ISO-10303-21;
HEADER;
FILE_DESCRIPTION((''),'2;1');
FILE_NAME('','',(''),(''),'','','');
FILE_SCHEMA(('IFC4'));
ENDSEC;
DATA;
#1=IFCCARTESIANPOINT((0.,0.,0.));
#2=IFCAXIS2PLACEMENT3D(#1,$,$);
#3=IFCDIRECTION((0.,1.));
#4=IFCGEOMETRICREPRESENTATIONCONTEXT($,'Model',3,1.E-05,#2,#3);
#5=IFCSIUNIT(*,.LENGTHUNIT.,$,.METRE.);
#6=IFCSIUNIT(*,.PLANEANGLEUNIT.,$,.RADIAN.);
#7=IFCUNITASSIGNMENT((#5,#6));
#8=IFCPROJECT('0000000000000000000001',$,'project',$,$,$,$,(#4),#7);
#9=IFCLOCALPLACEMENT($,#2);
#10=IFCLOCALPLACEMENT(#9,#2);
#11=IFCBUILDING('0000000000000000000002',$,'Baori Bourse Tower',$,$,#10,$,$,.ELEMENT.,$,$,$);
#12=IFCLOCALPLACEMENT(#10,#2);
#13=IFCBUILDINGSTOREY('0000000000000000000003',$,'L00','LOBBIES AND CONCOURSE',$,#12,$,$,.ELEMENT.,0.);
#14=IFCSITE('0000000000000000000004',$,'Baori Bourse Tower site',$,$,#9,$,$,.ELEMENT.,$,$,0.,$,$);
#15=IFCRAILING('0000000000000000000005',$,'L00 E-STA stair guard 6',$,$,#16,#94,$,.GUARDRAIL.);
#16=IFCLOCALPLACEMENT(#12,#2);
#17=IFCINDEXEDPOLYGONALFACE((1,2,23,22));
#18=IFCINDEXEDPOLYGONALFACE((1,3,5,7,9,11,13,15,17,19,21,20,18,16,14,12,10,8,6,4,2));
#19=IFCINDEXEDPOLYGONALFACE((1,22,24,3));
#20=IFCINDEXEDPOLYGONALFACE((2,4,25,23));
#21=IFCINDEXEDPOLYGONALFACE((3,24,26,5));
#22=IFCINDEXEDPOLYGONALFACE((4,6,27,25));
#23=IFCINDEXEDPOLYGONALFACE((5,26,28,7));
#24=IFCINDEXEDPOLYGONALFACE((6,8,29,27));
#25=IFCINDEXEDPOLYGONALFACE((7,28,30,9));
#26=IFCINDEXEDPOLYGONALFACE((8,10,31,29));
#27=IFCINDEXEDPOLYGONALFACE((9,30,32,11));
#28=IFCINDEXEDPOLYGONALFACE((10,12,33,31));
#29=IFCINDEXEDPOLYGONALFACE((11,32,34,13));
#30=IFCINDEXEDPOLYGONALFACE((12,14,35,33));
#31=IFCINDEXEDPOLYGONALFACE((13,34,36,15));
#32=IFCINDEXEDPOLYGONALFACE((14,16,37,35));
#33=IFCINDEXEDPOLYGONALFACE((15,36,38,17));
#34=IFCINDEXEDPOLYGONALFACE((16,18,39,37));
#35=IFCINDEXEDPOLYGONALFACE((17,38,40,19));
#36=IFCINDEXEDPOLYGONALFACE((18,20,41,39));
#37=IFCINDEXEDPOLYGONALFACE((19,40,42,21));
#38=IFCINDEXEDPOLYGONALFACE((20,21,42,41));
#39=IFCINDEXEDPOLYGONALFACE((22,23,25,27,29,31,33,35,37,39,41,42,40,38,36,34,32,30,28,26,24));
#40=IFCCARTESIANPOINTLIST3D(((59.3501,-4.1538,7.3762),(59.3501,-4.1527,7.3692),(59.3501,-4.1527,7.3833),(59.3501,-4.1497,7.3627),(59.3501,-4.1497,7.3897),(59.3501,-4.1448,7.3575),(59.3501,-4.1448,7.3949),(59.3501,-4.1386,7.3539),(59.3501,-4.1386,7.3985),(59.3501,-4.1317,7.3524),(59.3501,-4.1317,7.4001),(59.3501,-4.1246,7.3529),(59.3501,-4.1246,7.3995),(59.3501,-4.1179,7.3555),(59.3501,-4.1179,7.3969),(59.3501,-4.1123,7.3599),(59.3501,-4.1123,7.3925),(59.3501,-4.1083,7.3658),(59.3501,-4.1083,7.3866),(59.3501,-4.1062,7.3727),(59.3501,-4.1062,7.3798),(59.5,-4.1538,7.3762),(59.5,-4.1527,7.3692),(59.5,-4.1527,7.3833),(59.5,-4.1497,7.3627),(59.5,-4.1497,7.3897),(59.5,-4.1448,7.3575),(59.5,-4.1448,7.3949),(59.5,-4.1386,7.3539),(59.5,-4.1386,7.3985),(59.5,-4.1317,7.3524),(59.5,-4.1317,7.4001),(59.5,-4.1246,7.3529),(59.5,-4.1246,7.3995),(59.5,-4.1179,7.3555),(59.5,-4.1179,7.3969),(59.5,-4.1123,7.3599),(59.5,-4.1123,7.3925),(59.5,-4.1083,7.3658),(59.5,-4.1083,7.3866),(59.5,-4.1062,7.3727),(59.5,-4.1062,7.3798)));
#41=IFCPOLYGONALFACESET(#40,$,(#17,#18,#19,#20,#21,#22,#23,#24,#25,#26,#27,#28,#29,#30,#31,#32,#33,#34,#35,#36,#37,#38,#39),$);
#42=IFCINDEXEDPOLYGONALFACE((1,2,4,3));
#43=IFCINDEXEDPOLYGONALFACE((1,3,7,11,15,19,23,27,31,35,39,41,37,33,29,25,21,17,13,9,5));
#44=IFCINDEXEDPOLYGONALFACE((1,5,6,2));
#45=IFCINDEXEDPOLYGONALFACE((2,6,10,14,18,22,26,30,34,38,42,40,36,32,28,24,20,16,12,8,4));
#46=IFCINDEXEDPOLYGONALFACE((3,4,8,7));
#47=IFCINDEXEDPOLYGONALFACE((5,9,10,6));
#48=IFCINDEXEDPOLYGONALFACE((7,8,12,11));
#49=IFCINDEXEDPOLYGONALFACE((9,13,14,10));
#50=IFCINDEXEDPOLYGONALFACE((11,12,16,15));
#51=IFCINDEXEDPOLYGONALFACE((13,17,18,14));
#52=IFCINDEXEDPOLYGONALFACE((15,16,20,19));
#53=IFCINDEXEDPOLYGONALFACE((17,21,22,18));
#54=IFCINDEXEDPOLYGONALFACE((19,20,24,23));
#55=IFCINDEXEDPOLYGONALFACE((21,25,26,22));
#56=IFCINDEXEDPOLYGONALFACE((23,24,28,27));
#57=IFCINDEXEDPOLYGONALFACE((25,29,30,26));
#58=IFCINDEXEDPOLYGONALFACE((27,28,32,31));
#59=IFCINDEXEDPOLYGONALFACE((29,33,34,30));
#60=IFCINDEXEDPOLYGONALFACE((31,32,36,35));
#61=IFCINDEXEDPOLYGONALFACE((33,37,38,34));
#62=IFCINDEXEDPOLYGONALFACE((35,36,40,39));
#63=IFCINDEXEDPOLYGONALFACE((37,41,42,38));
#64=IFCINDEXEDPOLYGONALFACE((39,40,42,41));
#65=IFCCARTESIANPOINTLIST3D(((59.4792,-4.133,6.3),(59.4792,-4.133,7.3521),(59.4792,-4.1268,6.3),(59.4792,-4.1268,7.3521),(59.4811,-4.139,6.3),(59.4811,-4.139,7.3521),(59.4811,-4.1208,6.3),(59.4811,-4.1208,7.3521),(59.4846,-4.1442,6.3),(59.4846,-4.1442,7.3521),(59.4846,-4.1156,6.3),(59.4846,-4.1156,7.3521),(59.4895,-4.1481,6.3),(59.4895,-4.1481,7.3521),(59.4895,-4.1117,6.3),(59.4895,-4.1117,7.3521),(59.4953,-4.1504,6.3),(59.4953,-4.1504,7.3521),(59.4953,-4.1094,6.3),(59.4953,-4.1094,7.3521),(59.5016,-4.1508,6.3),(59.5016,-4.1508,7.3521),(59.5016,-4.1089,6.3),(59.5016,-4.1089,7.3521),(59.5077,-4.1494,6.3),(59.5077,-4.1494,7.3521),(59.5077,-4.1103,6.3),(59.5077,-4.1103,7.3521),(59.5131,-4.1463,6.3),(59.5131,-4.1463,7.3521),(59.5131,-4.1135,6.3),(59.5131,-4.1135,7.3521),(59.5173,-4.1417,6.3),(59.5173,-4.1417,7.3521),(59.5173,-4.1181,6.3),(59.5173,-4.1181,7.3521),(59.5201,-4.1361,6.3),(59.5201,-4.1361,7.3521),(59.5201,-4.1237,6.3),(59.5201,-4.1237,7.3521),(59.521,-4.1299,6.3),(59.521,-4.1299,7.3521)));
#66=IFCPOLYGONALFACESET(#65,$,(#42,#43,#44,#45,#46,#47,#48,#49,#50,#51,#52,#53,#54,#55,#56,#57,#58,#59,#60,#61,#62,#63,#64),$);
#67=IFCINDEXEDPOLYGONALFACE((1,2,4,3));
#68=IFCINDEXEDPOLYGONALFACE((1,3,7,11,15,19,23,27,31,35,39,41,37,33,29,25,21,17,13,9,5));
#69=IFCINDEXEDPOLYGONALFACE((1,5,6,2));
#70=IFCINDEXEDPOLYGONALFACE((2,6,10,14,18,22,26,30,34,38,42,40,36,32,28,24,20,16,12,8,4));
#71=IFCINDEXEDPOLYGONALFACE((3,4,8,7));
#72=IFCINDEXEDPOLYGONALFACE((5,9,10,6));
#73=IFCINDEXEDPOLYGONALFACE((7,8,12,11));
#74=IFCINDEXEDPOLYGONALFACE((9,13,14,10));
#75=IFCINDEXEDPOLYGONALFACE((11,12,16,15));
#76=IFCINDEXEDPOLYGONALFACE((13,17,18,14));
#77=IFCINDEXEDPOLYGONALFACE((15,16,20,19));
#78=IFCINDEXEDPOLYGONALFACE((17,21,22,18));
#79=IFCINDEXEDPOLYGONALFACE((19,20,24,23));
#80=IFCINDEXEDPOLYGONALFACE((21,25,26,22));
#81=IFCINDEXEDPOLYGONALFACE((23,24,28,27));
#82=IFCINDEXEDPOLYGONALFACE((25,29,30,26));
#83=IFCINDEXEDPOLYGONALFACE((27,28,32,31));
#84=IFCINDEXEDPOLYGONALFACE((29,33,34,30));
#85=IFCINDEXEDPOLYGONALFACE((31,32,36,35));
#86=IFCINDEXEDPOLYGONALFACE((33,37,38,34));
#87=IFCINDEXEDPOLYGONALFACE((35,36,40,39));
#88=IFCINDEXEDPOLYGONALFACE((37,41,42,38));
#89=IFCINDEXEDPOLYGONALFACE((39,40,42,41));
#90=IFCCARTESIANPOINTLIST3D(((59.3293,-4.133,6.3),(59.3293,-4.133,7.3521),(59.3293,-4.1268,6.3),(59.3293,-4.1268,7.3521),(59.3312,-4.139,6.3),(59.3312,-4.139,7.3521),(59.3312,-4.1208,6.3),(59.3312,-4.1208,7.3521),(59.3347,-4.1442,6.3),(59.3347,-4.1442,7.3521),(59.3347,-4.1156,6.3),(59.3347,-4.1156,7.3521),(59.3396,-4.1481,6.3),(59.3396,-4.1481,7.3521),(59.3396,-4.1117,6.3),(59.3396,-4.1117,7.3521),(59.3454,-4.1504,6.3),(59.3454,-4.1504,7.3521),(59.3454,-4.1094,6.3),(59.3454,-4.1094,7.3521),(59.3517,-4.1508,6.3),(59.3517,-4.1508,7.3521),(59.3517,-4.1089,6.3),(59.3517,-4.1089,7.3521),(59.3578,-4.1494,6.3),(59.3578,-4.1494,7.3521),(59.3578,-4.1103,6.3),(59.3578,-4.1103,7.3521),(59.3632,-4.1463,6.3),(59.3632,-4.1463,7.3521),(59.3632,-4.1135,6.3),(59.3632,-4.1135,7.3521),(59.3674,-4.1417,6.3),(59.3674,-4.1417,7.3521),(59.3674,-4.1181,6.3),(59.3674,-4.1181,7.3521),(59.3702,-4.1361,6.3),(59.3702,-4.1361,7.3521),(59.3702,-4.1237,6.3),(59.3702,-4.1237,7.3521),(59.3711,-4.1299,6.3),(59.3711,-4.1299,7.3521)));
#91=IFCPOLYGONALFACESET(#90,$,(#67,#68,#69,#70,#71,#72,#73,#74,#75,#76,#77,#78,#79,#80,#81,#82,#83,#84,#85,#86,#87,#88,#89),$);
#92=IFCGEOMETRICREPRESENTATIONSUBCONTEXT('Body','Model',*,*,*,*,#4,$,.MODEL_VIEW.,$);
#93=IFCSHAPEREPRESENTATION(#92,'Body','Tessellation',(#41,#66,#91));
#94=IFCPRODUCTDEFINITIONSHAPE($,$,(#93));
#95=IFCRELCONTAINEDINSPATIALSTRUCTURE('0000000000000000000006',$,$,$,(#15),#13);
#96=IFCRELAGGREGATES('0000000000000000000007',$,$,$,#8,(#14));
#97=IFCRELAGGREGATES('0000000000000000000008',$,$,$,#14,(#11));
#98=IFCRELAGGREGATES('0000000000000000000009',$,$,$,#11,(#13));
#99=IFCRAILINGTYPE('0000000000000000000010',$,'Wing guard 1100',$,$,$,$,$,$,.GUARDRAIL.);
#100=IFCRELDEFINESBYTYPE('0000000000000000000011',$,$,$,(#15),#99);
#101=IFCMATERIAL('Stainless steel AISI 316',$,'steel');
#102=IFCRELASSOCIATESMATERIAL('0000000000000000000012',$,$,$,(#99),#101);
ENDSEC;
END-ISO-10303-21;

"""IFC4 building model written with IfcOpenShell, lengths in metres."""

from ifc_helpers import new_model, si_unit, direction, frame, origin, origin_2d, place, context, subcontext, project, spatial, circle, extrude, material, type_object, element, save


model = new_model("IFC4")

# Units and contexts
model_context = context("Model", 3, precision=1e-05, world=origin(), true_north=direction((0.0, 1.0)))
body_context = subcontext(model_context, "Body", "Model", "MODEL_VIEW")
ifc_project = project(units=[si_unit("LENGTHUNIT", "METRE"), si_unit("PLANEANGLEUNIT", "RADIAN")], contexts=[model_context])

# Site, building, storey
site_placement = place(None, origin())
site = spatial("IfcSite", under=ifc_project, at=site_placement, Name="Baori Bourse Tower site", CompositionType="ELEMENT", RefElevation=0.0)
building_placement = place(site_placement, origin())
building = spatial("IfcBuilding", under=site, at=building_placement, Name="Baori Bourse Tower", CompositionType="ELEMENT")
storey_placement = place(building_placement, origin())
storey = spatial("IfcBuildingStorey", under=building, at=storey_placement, Name="L00", Description="LOBBIES AND CONCOURSE", CompositionType="ELEMENT", Elevation=0.0)

# Railing
ifc_material_1 = material(Name="Stainless steel AISI 316", Category="steel")
railing_type_1 = type_object("IfcRailingType", Name="Wing guard 1100", PredefinedType="GUARDRAIL", material=ifc_material_1)
railing_1_placement = place(storey_placement, frame((59.5, -4.1299, 6.3)))
element("IfcRailing", 1, at=railing_1_placement, inside=storey, type_object=railing_type_1, Name="L00 E-STA stair guard 6", PredefinedType="GUARDRAIL", context=body_context, shape_type="SweptSolid", body=[
    extrude(circle(Radius=0.0239, at=origin_2d()), frame((0.0, 0.0, 1.0762), z_axis=(-1.0, 0.0, 0.0), x_axis=(0.0, -1.0, 0.0)), (0.0, 0.0, 1.0), 0.1499),
    extrude(circle(Radius=0.021, at=origin_2d()), origin(), (0.0, 0.0, 1.0), 1.052),
    extrude(circle(Radius=0.021, at=origin_2d()), frame((-0.1499, 0.0, 0.0)), (0.0, 0.0, 1.0), 1.052),
])

save(model, "model.ifc")
